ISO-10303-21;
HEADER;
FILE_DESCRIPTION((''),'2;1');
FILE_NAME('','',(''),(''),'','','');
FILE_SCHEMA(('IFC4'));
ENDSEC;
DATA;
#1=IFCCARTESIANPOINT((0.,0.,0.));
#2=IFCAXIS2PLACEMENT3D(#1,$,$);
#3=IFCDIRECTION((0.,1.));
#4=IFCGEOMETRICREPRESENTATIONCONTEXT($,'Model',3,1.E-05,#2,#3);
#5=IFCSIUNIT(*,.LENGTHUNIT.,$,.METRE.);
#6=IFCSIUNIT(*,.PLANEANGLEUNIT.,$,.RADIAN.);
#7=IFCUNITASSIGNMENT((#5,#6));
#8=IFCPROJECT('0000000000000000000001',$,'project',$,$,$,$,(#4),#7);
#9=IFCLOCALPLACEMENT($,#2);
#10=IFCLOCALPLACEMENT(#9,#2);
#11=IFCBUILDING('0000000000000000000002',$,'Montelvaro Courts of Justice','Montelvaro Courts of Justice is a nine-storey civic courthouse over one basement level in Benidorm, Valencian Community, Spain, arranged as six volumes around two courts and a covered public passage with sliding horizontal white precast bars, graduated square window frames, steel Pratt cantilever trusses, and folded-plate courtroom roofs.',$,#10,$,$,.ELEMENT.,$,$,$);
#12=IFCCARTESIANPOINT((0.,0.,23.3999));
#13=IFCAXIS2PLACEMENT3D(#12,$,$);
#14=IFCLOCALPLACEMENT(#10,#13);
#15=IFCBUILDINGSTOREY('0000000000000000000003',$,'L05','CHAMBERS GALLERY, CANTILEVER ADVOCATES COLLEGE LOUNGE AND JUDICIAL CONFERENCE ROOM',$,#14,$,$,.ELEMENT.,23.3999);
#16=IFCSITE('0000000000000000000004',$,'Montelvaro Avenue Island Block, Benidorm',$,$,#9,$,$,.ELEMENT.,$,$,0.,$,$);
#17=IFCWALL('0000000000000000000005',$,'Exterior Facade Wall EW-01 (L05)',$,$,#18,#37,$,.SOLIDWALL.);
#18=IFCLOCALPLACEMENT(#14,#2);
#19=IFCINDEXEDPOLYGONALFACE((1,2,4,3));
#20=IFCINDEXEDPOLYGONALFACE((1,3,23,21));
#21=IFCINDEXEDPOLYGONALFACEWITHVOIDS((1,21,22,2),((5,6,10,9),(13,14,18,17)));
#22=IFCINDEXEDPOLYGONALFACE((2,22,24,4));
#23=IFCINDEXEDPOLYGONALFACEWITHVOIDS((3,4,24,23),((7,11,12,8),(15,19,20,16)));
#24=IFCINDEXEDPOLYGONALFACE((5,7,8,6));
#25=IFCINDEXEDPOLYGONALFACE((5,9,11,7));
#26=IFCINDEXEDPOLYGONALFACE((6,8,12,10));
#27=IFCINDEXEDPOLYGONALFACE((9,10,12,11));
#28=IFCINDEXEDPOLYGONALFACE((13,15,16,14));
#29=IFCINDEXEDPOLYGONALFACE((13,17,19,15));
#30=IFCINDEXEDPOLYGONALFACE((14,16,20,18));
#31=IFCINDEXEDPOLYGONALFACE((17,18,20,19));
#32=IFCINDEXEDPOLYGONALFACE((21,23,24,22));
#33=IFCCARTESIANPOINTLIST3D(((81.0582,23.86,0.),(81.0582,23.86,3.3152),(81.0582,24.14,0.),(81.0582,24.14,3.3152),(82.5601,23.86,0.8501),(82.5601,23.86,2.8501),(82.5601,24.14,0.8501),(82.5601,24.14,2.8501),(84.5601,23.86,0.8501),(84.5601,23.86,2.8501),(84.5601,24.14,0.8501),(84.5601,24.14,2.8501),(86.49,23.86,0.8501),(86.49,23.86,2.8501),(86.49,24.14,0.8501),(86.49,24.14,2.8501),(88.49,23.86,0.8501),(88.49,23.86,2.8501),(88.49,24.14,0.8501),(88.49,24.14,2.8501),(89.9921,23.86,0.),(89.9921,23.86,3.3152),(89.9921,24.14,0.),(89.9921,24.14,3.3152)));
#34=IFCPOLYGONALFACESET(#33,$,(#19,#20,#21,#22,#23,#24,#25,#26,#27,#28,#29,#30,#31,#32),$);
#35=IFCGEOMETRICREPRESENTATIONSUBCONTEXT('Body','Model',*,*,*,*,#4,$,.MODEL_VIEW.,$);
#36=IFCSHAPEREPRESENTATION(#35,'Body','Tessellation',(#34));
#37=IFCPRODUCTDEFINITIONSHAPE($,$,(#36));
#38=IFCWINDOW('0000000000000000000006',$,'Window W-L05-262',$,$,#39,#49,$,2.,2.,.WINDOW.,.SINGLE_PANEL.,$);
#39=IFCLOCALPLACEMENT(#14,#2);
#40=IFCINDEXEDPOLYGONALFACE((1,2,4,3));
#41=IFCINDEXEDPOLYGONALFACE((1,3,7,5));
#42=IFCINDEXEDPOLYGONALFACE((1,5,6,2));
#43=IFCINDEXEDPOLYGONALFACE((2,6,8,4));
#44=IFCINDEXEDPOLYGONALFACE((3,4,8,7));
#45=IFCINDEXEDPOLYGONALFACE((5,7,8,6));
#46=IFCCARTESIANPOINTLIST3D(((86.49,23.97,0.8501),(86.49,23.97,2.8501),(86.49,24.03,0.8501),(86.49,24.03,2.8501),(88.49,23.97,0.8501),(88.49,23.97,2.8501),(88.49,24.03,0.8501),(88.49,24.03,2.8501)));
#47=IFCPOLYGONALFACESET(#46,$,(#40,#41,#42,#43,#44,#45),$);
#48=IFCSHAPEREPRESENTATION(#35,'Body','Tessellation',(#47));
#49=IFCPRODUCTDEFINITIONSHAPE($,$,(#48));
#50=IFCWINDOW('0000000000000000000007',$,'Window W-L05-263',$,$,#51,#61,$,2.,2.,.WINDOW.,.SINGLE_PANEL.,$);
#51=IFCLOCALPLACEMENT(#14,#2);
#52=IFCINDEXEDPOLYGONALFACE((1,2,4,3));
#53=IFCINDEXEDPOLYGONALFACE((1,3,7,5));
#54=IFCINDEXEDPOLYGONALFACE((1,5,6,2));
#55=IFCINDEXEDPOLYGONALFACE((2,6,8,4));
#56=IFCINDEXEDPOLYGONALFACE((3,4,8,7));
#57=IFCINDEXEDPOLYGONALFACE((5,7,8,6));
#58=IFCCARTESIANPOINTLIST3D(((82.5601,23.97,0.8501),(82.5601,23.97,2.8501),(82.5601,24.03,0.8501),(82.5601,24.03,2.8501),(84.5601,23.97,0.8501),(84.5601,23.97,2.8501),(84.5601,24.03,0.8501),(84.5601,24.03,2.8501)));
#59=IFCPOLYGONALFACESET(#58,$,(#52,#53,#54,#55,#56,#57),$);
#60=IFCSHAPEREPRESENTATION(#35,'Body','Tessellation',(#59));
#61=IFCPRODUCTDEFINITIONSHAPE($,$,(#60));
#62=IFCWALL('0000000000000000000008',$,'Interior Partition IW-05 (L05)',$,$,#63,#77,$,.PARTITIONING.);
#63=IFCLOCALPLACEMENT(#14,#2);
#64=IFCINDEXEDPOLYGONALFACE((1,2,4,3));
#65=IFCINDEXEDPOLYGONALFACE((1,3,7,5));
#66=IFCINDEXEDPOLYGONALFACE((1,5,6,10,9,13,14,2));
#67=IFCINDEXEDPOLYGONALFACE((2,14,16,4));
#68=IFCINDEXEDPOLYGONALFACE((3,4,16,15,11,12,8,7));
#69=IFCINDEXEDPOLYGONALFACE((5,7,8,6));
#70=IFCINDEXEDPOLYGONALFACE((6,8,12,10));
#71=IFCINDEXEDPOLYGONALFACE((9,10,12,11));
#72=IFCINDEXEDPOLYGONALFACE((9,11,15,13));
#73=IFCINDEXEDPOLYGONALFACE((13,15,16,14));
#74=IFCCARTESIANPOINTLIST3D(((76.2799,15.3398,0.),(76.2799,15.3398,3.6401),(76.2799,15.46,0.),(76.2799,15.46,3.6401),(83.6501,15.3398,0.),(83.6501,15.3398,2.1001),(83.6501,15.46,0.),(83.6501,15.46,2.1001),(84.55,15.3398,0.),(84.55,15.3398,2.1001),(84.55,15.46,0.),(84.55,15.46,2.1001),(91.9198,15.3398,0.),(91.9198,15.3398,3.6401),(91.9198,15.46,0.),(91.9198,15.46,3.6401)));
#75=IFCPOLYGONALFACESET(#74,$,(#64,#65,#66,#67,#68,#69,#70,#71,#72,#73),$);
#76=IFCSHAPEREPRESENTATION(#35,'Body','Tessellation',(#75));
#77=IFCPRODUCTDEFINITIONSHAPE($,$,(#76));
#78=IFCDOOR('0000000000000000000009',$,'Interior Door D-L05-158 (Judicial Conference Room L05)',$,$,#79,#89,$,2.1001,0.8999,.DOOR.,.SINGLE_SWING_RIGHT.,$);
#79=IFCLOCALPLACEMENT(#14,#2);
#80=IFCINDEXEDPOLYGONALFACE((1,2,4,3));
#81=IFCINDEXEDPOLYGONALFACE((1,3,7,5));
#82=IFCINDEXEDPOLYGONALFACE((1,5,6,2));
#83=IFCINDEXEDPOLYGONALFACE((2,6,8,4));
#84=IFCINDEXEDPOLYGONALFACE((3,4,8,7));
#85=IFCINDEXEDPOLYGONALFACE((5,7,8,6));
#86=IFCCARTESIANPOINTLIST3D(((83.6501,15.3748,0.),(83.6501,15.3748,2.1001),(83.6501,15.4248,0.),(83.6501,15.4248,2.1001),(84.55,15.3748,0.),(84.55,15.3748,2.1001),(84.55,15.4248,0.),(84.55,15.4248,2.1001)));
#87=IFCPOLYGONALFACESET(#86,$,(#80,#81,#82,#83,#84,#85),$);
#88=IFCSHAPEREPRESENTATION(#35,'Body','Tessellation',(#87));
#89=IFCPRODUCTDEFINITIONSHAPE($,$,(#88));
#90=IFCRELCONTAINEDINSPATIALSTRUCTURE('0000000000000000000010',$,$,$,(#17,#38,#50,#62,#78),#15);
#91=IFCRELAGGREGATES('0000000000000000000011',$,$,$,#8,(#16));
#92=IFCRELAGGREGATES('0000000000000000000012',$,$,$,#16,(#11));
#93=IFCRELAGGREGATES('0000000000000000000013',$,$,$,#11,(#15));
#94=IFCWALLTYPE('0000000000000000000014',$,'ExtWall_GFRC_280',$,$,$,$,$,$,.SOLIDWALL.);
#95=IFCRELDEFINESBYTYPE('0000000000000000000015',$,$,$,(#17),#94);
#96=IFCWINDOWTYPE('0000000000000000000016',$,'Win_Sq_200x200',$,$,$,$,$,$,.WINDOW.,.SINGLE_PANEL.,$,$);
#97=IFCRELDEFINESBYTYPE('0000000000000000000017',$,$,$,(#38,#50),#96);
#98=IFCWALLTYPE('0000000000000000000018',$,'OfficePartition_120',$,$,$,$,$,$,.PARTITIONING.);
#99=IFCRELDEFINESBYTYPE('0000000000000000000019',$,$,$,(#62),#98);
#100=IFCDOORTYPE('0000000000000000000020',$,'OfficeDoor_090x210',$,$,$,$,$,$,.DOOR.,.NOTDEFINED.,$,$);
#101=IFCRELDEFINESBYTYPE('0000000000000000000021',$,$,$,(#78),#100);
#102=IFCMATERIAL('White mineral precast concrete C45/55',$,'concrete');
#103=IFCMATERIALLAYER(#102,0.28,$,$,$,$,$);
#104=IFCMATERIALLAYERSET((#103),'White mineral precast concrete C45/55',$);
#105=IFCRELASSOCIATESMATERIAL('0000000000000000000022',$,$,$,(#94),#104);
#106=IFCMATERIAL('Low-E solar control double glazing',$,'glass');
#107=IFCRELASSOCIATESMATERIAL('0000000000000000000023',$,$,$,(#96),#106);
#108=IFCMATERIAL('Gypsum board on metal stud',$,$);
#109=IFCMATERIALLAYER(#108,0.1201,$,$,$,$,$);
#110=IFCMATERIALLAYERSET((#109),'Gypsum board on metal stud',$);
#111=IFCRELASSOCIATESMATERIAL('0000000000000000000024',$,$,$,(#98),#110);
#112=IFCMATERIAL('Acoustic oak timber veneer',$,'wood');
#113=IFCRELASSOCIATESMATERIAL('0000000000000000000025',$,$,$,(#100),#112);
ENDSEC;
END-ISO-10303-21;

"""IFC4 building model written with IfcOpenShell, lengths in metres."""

from ifc_helpers import new_model, si_unit, direction, frame, frame_2d, origin, place, context, subcontext, project, spatial, rectangle, extrude, material, layer, layer_set, type_object, element, fill, save


model = new_model("IFC4")

# Units and contexts
model_context = context("Model", 3, precision=1e-05, world=origin(), true_north=direction((0.0, 1.0)))
body_context = subcontext(model_context, "Body", "Model", "MODEL_VIEW")
ifc_project = project(units=[si_unit("LENGTHUNIT", "METRE"), si_unit("PLANEANGLEUNIT", "RADIAN")], contexts=[model_context])

# Site, building, storey
site_placement = place(None, origin())
site = spatial("IfcSite", under=ifc_project, at=site_placement, Name="Montelvaro Avenue Island Block, Benidorm", CompositionType="ELEMENT", RefElevation=0.0)
building_placement = place(site_placement, origin())
building = spatial("IfcBuilding", under=site, at=building_placement, Name="Montelvaro Courts of Justice", Description="Montelvaro Courts of Justice is a nine-storey civic courthouse over one basement level in Benidorm, Valencian Community, Spain, arranged as six volumes around two courts and a covered public passage with sliding horizontal white precast bars, graduated square window frames, steel Pratt cantilever trusses, and folded-plate courtroom roofs.", CompositionType="ELEMENT")
storey_placement = place(building_placement, frame((0.0, 0.0, 23.3999)))
storey = spatial("IfcBuildingStorey", under=building, at=storey_placement, Name="L05", Description="CHAMBERS GALLERY, CANTILEVER ADVOCATES COLLEGE LOUNGE AND JUDICIAL CONFERENCE ROOM", CompositionType="ELEMENT", Elevation=23.3999)

# Shared definitions
ifc_material_1 = material(Name="White mineral precast concrete C45/55", Category="concrete")

# Shared definitions
ifc_material_2 = material(Name="Gypsum board on metal stud")

# Shared definitions
ifc_material_3 = material(Name="Acoustic oak timber veneer", Category="wood")

# Shared definitions
ifc_layer_1 = layer(ifc_material_1, 0.28)
ifc_layer_set_1 = layer_set([ifc_layer_1], Name="White mineral precast concrete C45/55")
wall_type_1 = type_object("IfcWallType", Name="ExtWall_GFRC_280", PredefinedType="SOLIDWALL", material=ifc_layer_set_1)
ifc_material_4 = material(Name="Low-E solar control double glazing", Category="glass")
window_type = type_object("IfcWindowType", Name="Win_Sq_200x200", PartitioningType="SINGLE_PANEL", PredefinedType="WINDOW", material=ifc_material_4)

# Wall, openings, windows
wall_1_placement = place(storey_placement, frame((89.9919, 24.0, 0.0), z_axis=(0.0, 0.0, 1.0), x_axis=(-1.0, 0.0, 0.0)))
wall_1 = element("IfcWall", 1, at=wall_1_placement, inside=storey, type_object=wall_type_1, Name="Exterior Facade Wall EW-01 (L05)", PredefinedType="SOLIDWALL", context=body_context, shape_type="SweptSolid", body=[
    extrude(rectangle(XDim=8.9338, YDim=0.28, at=frame_2d((4.4668, 0.0))), origin(), (0.0, 0.0, 1.0), 3.3152),
])
opening_1_placement = place(wall_1_placement, frame((1.502, 0.0, 0.8501)))
opening_1 = element("IfcOpeningElement", 2, at=opening_1_placement, cuts=wall_1, PredefinedType="OPENING", context=body_context, shape_type="SweptSolid", body=[
    extrude(rectangle(XDim=2.0, YDim=2.0, at=frame_2d((1.0, 1.0))), frame((0.0, 0.1548, 0.0), z_axis=(0.0, -1.0, 0.0), x_axis=(1.0, 0.0, 0.0)), (0.0, 0.0, 1.0), 0.3098),
])
opening_2_placement = place(wall_1_placement, frame((5.4319, 0.0, 0.8501)))
opening_2 = element("IfcOpeningElement", 3, at=opening_2_placement, cuts=wall_1, PredefinedType="OPENING", context=body_context, shape_type="SweptSolid", body=[
    extrude(rectangle(XDim=2.0, YDim=2.0, at=frame_2d((1.0, 1.0))), frame((0.0, 0.1548, 0.0), z_axis=(0.0, -1.0, 0.0), x_axis=(1.0, 0.0, 0.0)), (0.0, 0.0, 1.0), 0.3098),
])
window_1_placement = place(opening_1_placement, origin())
window_1 = element("IfcWindow", 4, at=window_1_placement, inside=storey, type_object=window_type, Name="Window W-L05-262", OverallHeight=2.0, OverallWidth=2.0, PartitioningType="SINGLE_PANEL", PredefinedType="WINDOW", context=body_context, shape_type="SweptSolid", body=[
    extrude(rectangle(XDim=2.0, YDim=2.0, at=frame_2d((1.0, 1.0))), frame((0.0, 0.03, 0.0), z_axis=(0.0, -1.0, 0.0), x_axis=(1.0, 0.0, 0.0)), (0.0, 0.0, 1.0), 0.0601),
])
fill(opening_1, window_1)
window_2_placement = place(opening_2_placement, origin())
window_2 = element("IfcWindow", 5, at=window_2_placement, inside=storey, type_object=window_type, Name="Window W-L05-263", OverallHeight=2.0, OverallWidth=2.0, PartitioningType="SINGLE_PANEL", PredefinedType="WINDOW", context=body_context, shape_type="SweptSolid", body=[
    extrude(rectangle(XDim=2.0, YDim=2.0, at=frame_2d((1.0, 1.0))), frame((0.0, 0.03, 0.0), z_axis=(0.0, -1.0, 0.0), x_axis=(1.0, 0.0, 0.0)), (0.0, 0.0, 1.0), 0.0601),
])
fill(opening_2, window_2)

# Wall, opening, door
ifc_layer_2 = layer(ifc_material_2, 0.1201)
ifc_layer_set_2 = layer_set([ifc_layer_2], Name="Gypsum board on metal stud")
wall_type_2 = type_object("IfcWallType", Name="OfficePartition_120", PredefinedType="PARTITIONING", material=ifc_layer_set_2)
wall_2_placement = place(storey_placement, frame((76.28, 15.3999, 0.0), z_axis=(0.0, 0.0, 1.0), x_axis=(1.0, 0.0, 0.0)))
wall_2 = element("IfcWall", 6, at=wall_2_placement, inside=storey, type_object=wall_type_2, Name="Interior Partition IW-05 (L05)", PredefinedType="PARTITIONING", context=body_context, shape_type="SweptSolid", body=[
    extrude(rectangle(XDim=15.6399, YDim=0.1201, at=frame_2d((7.8198, 0.0))), origin(), (0.0, 0.0, 1.0), 3.6401),
])
opening_3_placement = place(wall_2_placement, frame((7.3701, 0.0, 0.0)))
opening_3 = element("IfcOpeningElement", 7, at=opening_3_placement, cuts=wall_2, PredefinedType="OPENING", context=body_context, shape_type="SweptSolid", body=[
    extrude(rectangle(XDim=0.8999, YDim=2.1001, at=frame_2d((0.45, 1.05))), frame((0.0, 0.075, 0.0), z_axis=(0.0, -1.0, 0.0), x_axis=(1.0, 0.0, 0.0)), (0.0, 0.0, 1.0), 0.1499),
])
door_type_1 = type_object("IfcDoorType", Name="OfficeDoor_090x210", OperationType="NOTDEFINED", PredefinedType="DOOR", material=ifc_material_3)
door_1_placement = place(opening_3_placement, origin())
door_1 = element("IfcDoor", 8, at=door_1_placement, inside=storey, type_object=door_type_1, Name="Interior Door D-L05-158 (Judicial Conference Room L05)", OperationType="SINGLE_SWING_RIGHT", OverallHeight=2.1001, OverallWidth=0.8999, PredefinedType="DOOR", context=body_context, shape_type="SweptSolid", body=[
    extrude(rectangle(XDim=0.8999, YDim=2.1001, at=frame_2d((0.45, 1.05))), frame((0.0, 0.0249, 0.0), z_axis=(0.0, -1.0, 0.0), x_axis=(1.0, 0.0, 0.0)), (0.0, 0.0, 1.0), 0.05),
])
fill(opening_3, door_1)

save(model, "model.ifc")
